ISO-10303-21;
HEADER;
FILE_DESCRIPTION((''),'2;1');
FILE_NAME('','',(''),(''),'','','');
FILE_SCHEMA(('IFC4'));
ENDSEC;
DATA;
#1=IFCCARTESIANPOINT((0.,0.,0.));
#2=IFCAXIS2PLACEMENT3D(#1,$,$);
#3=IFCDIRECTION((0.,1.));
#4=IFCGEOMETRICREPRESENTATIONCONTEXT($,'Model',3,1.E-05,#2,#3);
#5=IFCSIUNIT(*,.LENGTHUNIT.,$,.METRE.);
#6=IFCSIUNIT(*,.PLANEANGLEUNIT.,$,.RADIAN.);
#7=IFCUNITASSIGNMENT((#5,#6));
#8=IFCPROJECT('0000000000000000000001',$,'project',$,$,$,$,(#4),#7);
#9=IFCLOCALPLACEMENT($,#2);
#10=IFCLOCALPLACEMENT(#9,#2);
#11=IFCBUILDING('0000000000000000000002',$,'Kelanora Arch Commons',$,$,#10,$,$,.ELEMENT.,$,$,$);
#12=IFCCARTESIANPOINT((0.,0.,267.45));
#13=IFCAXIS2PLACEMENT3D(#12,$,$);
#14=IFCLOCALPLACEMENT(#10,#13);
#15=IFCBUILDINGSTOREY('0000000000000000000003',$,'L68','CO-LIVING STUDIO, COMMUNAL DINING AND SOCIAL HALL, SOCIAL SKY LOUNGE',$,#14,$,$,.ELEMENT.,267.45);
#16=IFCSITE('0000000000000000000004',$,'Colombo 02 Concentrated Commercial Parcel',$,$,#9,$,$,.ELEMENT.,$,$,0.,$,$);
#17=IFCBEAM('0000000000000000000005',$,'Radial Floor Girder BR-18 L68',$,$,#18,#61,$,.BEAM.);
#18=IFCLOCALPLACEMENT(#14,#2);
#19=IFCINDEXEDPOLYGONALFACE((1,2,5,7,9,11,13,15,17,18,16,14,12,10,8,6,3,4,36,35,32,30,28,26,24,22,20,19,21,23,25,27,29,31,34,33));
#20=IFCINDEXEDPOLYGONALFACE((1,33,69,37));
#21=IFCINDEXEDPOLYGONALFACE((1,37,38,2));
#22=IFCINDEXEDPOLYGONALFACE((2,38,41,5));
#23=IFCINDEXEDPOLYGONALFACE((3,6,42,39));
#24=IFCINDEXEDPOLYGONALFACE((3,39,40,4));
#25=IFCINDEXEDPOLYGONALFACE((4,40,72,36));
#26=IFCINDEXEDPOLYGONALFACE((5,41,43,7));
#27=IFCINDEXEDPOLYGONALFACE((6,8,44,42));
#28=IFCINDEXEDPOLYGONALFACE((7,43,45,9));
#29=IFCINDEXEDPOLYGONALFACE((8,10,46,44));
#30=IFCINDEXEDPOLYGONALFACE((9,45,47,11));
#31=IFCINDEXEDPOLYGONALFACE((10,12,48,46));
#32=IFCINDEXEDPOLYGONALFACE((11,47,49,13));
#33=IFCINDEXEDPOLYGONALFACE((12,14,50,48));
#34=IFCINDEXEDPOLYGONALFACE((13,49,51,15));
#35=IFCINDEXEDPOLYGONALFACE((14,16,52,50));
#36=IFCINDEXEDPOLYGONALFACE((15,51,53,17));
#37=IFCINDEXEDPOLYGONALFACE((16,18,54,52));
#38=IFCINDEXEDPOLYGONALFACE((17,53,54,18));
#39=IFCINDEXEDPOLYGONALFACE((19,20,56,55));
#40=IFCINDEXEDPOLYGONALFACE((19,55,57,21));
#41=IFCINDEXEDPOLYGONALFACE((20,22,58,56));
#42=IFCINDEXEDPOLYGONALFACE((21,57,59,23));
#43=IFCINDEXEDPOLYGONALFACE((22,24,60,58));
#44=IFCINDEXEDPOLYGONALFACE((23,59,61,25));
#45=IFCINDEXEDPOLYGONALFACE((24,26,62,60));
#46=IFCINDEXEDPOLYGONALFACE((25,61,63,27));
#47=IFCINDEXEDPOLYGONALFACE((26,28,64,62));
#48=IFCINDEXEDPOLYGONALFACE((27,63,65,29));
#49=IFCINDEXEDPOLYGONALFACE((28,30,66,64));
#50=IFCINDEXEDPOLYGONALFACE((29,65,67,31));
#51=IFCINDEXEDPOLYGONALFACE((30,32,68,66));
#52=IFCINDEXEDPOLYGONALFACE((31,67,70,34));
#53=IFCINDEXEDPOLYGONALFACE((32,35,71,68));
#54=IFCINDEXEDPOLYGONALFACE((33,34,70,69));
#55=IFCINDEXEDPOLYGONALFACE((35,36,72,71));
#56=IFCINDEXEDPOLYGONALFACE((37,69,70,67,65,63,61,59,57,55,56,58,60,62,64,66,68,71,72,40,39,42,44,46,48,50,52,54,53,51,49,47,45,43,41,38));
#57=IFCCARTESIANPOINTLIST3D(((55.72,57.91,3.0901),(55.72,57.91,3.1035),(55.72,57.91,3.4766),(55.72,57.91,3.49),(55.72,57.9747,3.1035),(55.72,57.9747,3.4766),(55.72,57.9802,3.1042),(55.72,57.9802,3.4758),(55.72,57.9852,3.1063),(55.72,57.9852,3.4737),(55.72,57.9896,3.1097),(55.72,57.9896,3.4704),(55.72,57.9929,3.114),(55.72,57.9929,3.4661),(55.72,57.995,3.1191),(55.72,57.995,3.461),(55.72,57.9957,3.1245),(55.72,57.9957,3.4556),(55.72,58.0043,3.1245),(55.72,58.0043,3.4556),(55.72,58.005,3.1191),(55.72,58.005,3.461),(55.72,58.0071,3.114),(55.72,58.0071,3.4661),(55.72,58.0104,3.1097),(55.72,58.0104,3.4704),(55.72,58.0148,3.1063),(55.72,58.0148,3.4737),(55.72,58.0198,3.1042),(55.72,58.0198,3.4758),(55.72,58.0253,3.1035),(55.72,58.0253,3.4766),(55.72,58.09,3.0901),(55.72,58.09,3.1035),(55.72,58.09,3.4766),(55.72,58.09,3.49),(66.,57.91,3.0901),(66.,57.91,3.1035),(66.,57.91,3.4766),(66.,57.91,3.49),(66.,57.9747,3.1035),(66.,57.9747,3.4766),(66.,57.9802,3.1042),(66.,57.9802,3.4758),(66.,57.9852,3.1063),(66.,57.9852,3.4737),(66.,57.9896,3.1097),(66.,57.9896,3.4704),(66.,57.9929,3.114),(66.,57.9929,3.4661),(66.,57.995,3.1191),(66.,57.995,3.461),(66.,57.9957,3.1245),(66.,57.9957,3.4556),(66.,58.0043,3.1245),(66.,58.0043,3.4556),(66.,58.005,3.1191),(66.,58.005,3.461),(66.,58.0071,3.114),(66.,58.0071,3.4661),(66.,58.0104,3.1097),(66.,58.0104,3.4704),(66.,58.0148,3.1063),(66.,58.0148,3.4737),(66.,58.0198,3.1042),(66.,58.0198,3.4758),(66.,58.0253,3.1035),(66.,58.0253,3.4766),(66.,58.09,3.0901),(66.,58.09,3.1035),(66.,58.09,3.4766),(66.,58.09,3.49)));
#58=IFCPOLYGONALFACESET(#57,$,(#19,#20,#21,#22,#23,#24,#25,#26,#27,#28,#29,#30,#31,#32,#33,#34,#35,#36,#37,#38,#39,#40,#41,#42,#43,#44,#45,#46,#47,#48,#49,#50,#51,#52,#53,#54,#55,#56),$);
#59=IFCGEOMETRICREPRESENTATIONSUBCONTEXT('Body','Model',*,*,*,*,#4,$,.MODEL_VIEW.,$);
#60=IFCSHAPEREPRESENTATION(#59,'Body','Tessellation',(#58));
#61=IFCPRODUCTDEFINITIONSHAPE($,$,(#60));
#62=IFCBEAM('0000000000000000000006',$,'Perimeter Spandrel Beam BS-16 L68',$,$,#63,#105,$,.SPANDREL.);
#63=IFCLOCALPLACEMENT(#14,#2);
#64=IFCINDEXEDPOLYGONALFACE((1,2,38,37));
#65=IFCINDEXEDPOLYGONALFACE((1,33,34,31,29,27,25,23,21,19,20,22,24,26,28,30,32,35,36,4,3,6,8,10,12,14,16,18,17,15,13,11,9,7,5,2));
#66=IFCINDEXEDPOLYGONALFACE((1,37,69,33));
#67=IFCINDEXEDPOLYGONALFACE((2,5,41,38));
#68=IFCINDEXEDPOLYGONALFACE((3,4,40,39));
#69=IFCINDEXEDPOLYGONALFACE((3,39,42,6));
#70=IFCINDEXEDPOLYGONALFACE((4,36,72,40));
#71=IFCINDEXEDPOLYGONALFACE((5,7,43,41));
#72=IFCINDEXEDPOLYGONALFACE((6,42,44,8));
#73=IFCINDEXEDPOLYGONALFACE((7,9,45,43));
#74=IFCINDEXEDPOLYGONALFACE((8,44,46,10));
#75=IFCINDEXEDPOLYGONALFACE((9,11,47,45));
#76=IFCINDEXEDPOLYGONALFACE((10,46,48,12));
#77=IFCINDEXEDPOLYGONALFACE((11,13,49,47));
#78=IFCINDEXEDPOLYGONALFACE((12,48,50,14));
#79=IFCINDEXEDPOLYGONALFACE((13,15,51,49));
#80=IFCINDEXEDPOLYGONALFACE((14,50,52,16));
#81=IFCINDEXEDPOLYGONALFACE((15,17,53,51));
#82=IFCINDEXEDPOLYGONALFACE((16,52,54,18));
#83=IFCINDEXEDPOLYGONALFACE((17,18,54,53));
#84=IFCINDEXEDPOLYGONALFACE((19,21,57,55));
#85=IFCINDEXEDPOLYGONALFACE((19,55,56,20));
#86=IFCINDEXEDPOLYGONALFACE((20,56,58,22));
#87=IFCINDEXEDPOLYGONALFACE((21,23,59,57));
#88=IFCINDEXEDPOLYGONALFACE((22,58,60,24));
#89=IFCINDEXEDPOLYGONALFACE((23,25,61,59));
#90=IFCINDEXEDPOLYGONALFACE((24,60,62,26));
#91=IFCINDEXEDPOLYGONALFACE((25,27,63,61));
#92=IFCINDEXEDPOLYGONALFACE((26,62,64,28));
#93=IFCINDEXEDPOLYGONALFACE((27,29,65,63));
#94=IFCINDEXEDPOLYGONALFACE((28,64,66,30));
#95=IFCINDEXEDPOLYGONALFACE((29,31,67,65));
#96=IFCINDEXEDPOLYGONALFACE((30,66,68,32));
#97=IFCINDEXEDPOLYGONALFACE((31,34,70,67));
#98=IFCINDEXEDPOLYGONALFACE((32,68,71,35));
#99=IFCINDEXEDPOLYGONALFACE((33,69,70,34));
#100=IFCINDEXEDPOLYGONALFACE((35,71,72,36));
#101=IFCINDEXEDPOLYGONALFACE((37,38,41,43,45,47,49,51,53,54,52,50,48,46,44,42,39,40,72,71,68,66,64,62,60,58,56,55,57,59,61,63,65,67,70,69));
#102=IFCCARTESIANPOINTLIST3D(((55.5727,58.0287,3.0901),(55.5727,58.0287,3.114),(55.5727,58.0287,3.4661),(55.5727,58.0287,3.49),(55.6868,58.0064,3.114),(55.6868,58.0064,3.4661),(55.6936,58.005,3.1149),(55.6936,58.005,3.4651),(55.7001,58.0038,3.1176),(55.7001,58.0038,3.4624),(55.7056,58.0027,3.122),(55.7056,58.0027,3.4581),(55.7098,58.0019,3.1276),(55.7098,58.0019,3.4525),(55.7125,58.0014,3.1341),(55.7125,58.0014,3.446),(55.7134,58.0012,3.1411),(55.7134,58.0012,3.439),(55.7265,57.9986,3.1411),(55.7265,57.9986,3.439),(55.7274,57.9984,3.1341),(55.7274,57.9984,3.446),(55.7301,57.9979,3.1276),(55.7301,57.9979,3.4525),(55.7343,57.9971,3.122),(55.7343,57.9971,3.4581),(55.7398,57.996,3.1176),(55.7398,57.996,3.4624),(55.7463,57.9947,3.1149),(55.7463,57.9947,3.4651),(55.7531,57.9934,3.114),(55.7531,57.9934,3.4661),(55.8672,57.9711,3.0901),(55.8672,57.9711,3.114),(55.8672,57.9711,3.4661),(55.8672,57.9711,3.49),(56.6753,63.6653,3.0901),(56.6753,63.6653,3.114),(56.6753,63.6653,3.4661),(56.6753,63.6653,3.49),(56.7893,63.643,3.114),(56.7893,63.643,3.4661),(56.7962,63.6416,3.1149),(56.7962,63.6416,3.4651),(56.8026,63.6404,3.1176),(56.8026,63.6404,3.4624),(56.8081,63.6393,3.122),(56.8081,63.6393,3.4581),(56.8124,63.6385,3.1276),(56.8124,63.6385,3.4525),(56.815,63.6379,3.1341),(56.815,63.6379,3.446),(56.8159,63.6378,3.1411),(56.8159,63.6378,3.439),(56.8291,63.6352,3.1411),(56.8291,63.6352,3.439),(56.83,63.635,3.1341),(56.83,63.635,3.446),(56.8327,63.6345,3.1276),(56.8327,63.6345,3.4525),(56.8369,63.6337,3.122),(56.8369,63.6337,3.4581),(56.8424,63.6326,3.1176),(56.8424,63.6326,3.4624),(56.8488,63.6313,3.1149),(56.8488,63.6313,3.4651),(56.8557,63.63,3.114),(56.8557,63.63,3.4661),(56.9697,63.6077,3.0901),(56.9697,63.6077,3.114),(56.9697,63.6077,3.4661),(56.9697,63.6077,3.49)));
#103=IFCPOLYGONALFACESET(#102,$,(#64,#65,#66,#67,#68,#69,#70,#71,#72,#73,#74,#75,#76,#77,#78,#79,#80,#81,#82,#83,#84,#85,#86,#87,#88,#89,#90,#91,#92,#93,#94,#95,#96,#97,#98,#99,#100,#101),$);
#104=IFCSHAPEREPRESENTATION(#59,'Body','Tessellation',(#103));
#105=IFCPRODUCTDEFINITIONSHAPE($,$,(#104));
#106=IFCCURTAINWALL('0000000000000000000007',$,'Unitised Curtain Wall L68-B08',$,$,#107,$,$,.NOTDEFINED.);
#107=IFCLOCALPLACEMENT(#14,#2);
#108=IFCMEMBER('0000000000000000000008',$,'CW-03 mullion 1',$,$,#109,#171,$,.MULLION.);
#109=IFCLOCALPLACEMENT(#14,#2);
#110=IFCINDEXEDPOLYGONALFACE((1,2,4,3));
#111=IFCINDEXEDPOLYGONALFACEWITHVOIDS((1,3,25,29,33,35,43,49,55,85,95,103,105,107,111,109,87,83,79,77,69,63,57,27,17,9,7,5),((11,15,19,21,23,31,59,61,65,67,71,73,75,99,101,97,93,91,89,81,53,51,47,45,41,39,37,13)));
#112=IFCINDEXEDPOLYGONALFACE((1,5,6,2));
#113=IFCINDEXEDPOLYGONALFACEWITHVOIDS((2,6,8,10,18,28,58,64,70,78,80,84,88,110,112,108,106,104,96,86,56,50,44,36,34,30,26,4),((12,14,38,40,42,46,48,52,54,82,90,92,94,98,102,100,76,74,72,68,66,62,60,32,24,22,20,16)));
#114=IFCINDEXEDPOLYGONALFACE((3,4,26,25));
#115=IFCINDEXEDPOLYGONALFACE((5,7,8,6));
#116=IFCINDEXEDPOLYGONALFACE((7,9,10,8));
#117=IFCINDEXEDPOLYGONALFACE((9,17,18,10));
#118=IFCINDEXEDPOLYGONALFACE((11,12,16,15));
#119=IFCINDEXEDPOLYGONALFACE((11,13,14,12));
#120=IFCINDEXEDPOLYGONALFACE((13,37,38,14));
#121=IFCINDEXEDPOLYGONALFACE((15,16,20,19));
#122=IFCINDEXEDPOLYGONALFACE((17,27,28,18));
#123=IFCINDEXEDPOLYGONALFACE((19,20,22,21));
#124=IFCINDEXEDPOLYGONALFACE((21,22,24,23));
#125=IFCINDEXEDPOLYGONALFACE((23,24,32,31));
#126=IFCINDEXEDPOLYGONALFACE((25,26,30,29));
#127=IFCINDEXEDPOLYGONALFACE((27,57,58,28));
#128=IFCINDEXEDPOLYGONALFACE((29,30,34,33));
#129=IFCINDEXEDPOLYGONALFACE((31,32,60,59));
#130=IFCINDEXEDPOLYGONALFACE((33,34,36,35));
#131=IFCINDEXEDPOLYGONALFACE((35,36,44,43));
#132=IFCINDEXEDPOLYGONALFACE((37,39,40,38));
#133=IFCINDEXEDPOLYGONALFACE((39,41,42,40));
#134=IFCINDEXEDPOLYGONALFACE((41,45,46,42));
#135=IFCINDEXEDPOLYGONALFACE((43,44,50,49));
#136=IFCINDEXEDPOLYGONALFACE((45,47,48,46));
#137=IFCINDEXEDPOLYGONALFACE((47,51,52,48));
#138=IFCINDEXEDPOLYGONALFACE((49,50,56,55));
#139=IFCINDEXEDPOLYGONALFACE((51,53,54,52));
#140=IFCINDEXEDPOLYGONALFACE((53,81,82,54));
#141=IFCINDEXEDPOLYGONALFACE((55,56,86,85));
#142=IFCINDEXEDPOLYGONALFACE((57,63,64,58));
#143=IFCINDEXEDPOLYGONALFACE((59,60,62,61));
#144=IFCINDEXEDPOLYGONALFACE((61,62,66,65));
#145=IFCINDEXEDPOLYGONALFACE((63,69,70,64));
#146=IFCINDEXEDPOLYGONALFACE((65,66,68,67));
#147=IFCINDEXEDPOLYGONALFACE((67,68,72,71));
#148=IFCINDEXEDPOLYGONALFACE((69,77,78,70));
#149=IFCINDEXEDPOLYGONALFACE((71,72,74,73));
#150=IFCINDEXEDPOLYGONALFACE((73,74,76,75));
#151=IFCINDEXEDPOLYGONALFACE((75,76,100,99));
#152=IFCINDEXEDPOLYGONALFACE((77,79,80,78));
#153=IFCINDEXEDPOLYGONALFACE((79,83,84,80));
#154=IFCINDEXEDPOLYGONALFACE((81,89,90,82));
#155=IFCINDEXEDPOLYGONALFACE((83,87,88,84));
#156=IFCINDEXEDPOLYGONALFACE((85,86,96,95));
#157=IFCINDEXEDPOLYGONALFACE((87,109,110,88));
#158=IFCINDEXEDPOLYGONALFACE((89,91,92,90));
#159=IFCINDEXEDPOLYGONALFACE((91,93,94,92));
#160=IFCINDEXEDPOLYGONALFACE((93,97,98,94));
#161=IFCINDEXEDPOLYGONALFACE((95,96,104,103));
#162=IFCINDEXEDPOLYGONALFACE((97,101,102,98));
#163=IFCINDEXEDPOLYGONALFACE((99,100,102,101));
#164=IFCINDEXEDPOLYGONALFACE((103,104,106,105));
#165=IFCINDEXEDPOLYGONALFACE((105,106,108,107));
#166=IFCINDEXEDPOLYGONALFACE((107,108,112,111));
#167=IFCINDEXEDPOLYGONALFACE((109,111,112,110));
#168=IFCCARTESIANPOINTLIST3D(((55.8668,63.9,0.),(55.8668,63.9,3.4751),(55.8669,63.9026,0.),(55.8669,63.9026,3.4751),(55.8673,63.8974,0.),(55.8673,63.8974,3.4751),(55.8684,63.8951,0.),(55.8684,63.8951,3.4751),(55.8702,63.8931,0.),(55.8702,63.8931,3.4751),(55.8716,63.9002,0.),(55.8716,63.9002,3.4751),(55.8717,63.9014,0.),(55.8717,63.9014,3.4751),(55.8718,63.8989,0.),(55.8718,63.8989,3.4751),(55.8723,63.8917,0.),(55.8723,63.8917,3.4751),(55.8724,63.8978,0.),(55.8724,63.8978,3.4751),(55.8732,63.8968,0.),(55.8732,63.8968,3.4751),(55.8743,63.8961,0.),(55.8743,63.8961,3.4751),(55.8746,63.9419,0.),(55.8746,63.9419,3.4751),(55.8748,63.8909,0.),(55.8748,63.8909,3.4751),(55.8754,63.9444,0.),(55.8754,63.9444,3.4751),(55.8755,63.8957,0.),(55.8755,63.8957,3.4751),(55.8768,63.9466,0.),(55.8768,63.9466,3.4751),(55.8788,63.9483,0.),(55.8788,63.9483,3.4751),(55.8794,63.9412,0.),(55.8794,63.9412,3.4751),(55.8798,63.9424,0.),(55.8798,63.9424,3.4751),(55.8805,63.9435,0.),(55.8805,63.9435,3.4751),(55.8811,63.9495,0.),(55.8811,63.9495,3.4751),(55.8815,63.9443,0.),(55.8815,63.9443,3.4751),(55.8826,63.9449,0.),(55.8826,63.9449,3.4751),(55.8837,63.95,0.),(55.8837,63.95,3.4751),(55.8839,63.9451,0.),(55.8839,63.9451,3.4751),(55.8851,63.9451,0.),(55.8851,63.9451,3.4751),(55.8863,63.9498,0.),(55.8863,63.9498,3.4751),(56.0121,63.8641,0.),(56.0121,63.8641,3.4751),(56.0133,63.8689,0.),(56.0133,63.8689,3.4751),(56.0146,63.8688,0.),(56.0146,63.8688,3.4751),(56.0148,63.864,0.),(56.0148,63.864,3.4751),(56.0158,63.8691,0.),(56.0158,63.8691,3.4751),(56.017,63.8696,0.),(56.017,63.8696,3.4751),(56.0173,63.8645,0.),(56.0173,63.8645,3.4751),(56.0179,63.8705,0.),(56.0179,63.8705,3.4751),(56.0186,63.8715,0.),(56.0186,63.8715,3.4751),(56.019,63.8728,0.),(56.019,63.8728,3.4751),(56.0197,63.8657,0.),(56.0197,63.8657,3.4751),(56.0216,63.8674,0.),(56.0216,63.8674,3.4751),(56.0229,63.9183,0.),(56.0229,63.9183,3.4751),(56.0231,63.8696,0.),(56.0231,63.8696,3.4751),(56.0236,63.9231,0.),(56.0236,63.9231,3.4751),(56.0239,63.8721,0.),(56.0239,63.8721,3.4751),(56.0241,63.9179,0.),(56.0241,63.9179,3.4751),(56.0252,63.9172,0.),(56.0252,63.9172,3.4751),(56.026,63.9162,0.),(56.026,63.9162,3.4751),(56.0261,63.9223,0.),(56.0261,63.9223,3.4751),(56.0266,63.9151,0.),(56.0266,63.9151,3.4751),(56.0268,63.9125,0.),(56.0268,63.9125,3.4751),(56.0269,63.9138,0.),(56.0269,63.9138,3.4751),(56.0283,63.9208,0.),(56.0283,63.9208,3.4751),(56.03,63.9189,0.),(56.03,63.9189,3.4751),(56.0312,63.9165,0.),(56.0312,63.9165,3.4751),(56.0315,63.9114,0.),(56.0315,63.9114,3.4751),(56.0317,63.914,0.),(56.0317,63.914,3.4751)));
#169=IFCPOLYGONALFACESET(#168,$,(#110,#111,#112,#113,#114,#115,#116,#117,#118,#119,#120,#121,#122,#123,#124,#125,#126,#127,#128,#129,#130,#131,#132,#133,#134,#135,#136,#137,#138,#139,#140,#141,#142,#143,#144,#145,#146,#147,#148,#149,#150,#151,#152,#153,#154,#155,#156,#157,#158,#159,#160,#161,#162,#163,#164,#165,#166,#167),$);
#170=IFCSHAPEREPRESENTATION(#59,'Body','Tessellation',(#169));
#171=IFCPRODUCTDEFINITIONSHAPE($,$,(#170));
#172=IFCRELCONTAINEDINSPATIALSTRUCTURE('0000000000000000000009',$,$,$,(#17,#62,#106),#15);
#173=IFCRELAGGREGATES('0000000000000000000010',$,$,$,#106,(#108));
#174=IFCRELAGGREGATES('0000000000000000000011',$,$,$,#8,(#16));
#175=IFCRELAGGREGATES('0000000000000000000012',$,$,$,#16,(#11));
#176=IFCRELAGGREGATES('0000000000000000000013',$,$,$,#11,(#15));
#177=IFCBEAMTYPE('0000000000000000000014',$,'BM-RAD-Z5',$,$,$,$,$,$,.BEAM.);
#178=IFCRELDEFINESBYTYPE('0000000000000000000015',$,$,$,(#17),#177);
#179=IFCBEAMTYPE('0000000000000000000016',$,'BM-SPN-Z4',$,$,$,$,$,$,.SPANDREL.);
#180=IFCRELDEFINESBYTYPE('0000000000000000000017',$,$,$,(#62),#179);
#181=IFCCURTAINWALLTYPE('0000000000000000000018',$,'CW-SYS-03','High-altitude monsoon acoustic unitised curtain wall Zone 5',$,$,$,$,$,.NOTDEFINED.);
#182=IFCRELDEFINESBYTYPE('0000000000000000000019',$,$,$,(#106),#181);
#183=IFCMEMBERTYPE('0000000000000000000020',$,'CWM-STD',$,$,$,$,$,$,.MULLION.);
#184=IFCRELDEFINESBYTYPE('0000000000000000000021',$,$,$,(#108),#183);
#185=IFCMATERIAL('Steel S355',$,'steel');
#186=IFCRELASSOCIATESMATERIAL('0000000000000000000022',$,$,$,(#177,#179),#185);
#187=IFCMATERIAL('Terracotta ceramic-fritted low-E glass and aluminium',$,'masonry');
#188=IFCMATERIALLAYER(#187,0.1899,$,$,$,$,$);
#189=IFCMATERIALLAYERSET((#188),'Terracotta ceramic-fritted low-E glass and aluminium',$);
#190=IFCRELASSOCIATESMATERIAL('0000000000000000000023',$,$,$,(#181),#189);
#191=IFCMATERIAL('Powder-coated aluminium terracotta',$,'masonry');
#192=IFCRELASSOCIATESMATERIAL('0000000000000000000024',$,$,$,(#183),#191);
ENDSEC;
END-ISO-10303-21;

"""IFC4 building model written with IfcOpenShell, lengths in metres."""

from ifc_helpers import new_model, si_unit, direction, frame, origin, origin_2d, place, context, subcontext, project, spatial, hollow_rectangle, i_section, extrude, material, layer, layer_set, material_profile, profile_set, type_object, element, aggregate, save


model = new_model("IFC4")

# Units and contexts
model_context = context("Model", 3, precision=1e-05, world=origin(), true_north=direction((0.0, 1.0)))
body_context = subcontext(model_context, "Body", "Model", "MODEL_VIEW")
ifc_project = project(units=[si_unit("LENGTHUNIT", "METRE"), si_unit("PLANEANGLEUNIT", "RADIAN")], contexts=[model_context])

# Site, building, storey
site_placement = place(None, origin())
site = spatial("IfcSite", under=ifc_project, at=site_placement, Name="Colombo 02 Concentrated Commercial Parcel", CompositionType="ELEMENT", RefElevation=0.0)
building_placement = place(site_placement, origin())
building = spatial("IfcBuilding", under=site, at=building_placement, Name="Kelanora Arch Commons", CompositionType="ELEMENT")
storey_placement = place(building_placement, frame((0.0, 0.0, 267.45)))
storey = spatial("IfcBuildingStorey", under=building, at=storey_placement, Name="L68", Description="CO-LIVING STUDIO, COMMUNAL DINING AND SOCIAL HALL, SOCIAL SKY LOUNGE", CompositionType="ELEMENT", Elevation=267.45)

# Beams
ifc_material_1 = material(Name="Steel S355", Category="steel")
ifc_material_profile_1 = material_profile(ifc_material_1, i_section(OverallWidth=0.1799, OverallDepth=0.3999, WebThickness=0.0085, FlangeThickness=0.0134, FilletRadius=0.021, at=origin_2d()), Name="IPE400")
ifc_profile_set_1 = profile_set([ifc_material_profile_1], Name="Steel S355")
beam_type_1 = type_object("IfcBeamType", Name="BM-RAD-Z5", PredefinedType="BEAM", material=ifc_profile_set_1)
beam_1_placement = place(storey_placement, frame((66.0, 58.0, 3.29), z_axis=(-1.0, 0.0, 0.0), x_axis=(0.0, -1.0, 0.0)))
element("IfcBeam", 1, at=beam_1_placement, inside=storey, type_object=beam_type_1, Name="Radial Floor Girder BR-18 L68", PredefinedType="BEAM", context=body_context, shape_type="SweptSolid", body=[
    extrude(i_section(OverallWidth=0.1799, OverallDepth=0.3999, WebThickness=0.0085, FlangeThickness=0.0134, FilletRadius=0.021, at=origin_2d()), origin(), (0.0, 0.0, 1.0), 10.28),
])
ifc_material_profile_2 = material_profile(ifc_material_1, i_section(OverallWidth=0.3, OverallDepth=0.3999, WebThickness=0.0134, FlangeThickness=0.0239, FilletRadius=0.0271, at=origin_2d()), Name="HEB400")
ifc_profile_set_2 = profile_set([ifc_material_profile_2], Name="Steel S355")
beam_type_2 = type_object("IfcBeamType", Name="BM-SPN-Z4", PredefinedType="SPANDREL", material=ifc_profile_set_2)
beam_2_placement = place(storey_placement, frame((56.8225, 63.6365, 3.29), z_axis=(-0.19197, -0.981401, 0.0), x_axis=(0.981401, -0.19197, 0.0)))
element("IfcBeam", 2, at=beam_2_placement, inside=storey, type_object=beam_type_2, Name="Perimeter Spandrel Beam BS-16 L68", PredefinedType="SPANDREL", context=body_context, shape_type="SweptSolid", body=[
    extrude(i_section(OverallWidth=0.3, OverallDepth=0.3999, WebThickness=0.0134, FlangeThickness=0.0239, FilletRadius=0.0271, at=origin_2d()), origin(), (0.0, 0.0, 1.0), 5.7434),
])

# Curtain wall, member
ifc_material_2 = material(Name="Terracotta ceramic-fritted low-E glass and aluminium", Category="masonry")
ifc_layer_1 = layer(ifc_material_2, 0.1899)
ifc_layer_set_1 = layer_set([ifc_layer_1], Name="Terracotta ceramic-fritted low-E glass and aluminium")
curtain_wall_type = type_object("IfcCurtainWallType", Name="CW-SYS-03", Description="High-altitude monsoon acoustic unitised curtain wall Zone 5", PredefinedType="NOTDEFINED", material=ifc_layer_set_1)
curtain_wall_placement = place(storey_placement, origin())
curtain_wall = element("IfcCurtainWall", 3, at=curtain_wall_placement, inside=storey, type_object=curtain_wall_type, Name="Unitised Curtain Wall L68-B08", PredefinedType="NOTDEFINED")
ifc_material_3 = material(Name="Powder-coated aluminium terracotta", Category="masonry")
ifc_material_profile_3 = material_profile(ifc_material_3, hollow_rectangle(XDim=0.1599, YDim=0.0601, WallThickness=0.0049, InnerFilletRadius=0.0049, OuterFilletRadius=0.01, at=origin_2d()), Name="CWM160x60")
ifc_profile_set_3 = profile_set([ifc_material_profile_3], Name="Powder-coated aluminium terracotta")
member_type_1 = type_object("IfcMemberType", Name="CWM-STD", PredefinedType="MULLION", material=ifc_profile_set_3)
member_1_placement = place(storey_placement, frame((55.9492, 63.907, 0.0), z_axis=(0.0, 0.0, 1.0), x_axis=(0.981596, -0.190972, 0.0)))
member_1 = element("IfcMember", 4, at=member_1_placement, type_object=member_type_1, Name="CW-03 mullion 1", PredefinedType="MULLION", context=body_context, shape_type="SweptSolid", body=[
    extrude(hollow_rectangle(XDim=0.1599, YDim=0.0601, WallThickness=0.0049, InnerFilletRadius=0.0049, OuterFilletRadius=0.01, at=origin_2d()), origin(), (0.0, 0.0, 1.0), 3.4751),
])
aggregate(curtain_wall, [member_1])

save(model, "model.ifc")
